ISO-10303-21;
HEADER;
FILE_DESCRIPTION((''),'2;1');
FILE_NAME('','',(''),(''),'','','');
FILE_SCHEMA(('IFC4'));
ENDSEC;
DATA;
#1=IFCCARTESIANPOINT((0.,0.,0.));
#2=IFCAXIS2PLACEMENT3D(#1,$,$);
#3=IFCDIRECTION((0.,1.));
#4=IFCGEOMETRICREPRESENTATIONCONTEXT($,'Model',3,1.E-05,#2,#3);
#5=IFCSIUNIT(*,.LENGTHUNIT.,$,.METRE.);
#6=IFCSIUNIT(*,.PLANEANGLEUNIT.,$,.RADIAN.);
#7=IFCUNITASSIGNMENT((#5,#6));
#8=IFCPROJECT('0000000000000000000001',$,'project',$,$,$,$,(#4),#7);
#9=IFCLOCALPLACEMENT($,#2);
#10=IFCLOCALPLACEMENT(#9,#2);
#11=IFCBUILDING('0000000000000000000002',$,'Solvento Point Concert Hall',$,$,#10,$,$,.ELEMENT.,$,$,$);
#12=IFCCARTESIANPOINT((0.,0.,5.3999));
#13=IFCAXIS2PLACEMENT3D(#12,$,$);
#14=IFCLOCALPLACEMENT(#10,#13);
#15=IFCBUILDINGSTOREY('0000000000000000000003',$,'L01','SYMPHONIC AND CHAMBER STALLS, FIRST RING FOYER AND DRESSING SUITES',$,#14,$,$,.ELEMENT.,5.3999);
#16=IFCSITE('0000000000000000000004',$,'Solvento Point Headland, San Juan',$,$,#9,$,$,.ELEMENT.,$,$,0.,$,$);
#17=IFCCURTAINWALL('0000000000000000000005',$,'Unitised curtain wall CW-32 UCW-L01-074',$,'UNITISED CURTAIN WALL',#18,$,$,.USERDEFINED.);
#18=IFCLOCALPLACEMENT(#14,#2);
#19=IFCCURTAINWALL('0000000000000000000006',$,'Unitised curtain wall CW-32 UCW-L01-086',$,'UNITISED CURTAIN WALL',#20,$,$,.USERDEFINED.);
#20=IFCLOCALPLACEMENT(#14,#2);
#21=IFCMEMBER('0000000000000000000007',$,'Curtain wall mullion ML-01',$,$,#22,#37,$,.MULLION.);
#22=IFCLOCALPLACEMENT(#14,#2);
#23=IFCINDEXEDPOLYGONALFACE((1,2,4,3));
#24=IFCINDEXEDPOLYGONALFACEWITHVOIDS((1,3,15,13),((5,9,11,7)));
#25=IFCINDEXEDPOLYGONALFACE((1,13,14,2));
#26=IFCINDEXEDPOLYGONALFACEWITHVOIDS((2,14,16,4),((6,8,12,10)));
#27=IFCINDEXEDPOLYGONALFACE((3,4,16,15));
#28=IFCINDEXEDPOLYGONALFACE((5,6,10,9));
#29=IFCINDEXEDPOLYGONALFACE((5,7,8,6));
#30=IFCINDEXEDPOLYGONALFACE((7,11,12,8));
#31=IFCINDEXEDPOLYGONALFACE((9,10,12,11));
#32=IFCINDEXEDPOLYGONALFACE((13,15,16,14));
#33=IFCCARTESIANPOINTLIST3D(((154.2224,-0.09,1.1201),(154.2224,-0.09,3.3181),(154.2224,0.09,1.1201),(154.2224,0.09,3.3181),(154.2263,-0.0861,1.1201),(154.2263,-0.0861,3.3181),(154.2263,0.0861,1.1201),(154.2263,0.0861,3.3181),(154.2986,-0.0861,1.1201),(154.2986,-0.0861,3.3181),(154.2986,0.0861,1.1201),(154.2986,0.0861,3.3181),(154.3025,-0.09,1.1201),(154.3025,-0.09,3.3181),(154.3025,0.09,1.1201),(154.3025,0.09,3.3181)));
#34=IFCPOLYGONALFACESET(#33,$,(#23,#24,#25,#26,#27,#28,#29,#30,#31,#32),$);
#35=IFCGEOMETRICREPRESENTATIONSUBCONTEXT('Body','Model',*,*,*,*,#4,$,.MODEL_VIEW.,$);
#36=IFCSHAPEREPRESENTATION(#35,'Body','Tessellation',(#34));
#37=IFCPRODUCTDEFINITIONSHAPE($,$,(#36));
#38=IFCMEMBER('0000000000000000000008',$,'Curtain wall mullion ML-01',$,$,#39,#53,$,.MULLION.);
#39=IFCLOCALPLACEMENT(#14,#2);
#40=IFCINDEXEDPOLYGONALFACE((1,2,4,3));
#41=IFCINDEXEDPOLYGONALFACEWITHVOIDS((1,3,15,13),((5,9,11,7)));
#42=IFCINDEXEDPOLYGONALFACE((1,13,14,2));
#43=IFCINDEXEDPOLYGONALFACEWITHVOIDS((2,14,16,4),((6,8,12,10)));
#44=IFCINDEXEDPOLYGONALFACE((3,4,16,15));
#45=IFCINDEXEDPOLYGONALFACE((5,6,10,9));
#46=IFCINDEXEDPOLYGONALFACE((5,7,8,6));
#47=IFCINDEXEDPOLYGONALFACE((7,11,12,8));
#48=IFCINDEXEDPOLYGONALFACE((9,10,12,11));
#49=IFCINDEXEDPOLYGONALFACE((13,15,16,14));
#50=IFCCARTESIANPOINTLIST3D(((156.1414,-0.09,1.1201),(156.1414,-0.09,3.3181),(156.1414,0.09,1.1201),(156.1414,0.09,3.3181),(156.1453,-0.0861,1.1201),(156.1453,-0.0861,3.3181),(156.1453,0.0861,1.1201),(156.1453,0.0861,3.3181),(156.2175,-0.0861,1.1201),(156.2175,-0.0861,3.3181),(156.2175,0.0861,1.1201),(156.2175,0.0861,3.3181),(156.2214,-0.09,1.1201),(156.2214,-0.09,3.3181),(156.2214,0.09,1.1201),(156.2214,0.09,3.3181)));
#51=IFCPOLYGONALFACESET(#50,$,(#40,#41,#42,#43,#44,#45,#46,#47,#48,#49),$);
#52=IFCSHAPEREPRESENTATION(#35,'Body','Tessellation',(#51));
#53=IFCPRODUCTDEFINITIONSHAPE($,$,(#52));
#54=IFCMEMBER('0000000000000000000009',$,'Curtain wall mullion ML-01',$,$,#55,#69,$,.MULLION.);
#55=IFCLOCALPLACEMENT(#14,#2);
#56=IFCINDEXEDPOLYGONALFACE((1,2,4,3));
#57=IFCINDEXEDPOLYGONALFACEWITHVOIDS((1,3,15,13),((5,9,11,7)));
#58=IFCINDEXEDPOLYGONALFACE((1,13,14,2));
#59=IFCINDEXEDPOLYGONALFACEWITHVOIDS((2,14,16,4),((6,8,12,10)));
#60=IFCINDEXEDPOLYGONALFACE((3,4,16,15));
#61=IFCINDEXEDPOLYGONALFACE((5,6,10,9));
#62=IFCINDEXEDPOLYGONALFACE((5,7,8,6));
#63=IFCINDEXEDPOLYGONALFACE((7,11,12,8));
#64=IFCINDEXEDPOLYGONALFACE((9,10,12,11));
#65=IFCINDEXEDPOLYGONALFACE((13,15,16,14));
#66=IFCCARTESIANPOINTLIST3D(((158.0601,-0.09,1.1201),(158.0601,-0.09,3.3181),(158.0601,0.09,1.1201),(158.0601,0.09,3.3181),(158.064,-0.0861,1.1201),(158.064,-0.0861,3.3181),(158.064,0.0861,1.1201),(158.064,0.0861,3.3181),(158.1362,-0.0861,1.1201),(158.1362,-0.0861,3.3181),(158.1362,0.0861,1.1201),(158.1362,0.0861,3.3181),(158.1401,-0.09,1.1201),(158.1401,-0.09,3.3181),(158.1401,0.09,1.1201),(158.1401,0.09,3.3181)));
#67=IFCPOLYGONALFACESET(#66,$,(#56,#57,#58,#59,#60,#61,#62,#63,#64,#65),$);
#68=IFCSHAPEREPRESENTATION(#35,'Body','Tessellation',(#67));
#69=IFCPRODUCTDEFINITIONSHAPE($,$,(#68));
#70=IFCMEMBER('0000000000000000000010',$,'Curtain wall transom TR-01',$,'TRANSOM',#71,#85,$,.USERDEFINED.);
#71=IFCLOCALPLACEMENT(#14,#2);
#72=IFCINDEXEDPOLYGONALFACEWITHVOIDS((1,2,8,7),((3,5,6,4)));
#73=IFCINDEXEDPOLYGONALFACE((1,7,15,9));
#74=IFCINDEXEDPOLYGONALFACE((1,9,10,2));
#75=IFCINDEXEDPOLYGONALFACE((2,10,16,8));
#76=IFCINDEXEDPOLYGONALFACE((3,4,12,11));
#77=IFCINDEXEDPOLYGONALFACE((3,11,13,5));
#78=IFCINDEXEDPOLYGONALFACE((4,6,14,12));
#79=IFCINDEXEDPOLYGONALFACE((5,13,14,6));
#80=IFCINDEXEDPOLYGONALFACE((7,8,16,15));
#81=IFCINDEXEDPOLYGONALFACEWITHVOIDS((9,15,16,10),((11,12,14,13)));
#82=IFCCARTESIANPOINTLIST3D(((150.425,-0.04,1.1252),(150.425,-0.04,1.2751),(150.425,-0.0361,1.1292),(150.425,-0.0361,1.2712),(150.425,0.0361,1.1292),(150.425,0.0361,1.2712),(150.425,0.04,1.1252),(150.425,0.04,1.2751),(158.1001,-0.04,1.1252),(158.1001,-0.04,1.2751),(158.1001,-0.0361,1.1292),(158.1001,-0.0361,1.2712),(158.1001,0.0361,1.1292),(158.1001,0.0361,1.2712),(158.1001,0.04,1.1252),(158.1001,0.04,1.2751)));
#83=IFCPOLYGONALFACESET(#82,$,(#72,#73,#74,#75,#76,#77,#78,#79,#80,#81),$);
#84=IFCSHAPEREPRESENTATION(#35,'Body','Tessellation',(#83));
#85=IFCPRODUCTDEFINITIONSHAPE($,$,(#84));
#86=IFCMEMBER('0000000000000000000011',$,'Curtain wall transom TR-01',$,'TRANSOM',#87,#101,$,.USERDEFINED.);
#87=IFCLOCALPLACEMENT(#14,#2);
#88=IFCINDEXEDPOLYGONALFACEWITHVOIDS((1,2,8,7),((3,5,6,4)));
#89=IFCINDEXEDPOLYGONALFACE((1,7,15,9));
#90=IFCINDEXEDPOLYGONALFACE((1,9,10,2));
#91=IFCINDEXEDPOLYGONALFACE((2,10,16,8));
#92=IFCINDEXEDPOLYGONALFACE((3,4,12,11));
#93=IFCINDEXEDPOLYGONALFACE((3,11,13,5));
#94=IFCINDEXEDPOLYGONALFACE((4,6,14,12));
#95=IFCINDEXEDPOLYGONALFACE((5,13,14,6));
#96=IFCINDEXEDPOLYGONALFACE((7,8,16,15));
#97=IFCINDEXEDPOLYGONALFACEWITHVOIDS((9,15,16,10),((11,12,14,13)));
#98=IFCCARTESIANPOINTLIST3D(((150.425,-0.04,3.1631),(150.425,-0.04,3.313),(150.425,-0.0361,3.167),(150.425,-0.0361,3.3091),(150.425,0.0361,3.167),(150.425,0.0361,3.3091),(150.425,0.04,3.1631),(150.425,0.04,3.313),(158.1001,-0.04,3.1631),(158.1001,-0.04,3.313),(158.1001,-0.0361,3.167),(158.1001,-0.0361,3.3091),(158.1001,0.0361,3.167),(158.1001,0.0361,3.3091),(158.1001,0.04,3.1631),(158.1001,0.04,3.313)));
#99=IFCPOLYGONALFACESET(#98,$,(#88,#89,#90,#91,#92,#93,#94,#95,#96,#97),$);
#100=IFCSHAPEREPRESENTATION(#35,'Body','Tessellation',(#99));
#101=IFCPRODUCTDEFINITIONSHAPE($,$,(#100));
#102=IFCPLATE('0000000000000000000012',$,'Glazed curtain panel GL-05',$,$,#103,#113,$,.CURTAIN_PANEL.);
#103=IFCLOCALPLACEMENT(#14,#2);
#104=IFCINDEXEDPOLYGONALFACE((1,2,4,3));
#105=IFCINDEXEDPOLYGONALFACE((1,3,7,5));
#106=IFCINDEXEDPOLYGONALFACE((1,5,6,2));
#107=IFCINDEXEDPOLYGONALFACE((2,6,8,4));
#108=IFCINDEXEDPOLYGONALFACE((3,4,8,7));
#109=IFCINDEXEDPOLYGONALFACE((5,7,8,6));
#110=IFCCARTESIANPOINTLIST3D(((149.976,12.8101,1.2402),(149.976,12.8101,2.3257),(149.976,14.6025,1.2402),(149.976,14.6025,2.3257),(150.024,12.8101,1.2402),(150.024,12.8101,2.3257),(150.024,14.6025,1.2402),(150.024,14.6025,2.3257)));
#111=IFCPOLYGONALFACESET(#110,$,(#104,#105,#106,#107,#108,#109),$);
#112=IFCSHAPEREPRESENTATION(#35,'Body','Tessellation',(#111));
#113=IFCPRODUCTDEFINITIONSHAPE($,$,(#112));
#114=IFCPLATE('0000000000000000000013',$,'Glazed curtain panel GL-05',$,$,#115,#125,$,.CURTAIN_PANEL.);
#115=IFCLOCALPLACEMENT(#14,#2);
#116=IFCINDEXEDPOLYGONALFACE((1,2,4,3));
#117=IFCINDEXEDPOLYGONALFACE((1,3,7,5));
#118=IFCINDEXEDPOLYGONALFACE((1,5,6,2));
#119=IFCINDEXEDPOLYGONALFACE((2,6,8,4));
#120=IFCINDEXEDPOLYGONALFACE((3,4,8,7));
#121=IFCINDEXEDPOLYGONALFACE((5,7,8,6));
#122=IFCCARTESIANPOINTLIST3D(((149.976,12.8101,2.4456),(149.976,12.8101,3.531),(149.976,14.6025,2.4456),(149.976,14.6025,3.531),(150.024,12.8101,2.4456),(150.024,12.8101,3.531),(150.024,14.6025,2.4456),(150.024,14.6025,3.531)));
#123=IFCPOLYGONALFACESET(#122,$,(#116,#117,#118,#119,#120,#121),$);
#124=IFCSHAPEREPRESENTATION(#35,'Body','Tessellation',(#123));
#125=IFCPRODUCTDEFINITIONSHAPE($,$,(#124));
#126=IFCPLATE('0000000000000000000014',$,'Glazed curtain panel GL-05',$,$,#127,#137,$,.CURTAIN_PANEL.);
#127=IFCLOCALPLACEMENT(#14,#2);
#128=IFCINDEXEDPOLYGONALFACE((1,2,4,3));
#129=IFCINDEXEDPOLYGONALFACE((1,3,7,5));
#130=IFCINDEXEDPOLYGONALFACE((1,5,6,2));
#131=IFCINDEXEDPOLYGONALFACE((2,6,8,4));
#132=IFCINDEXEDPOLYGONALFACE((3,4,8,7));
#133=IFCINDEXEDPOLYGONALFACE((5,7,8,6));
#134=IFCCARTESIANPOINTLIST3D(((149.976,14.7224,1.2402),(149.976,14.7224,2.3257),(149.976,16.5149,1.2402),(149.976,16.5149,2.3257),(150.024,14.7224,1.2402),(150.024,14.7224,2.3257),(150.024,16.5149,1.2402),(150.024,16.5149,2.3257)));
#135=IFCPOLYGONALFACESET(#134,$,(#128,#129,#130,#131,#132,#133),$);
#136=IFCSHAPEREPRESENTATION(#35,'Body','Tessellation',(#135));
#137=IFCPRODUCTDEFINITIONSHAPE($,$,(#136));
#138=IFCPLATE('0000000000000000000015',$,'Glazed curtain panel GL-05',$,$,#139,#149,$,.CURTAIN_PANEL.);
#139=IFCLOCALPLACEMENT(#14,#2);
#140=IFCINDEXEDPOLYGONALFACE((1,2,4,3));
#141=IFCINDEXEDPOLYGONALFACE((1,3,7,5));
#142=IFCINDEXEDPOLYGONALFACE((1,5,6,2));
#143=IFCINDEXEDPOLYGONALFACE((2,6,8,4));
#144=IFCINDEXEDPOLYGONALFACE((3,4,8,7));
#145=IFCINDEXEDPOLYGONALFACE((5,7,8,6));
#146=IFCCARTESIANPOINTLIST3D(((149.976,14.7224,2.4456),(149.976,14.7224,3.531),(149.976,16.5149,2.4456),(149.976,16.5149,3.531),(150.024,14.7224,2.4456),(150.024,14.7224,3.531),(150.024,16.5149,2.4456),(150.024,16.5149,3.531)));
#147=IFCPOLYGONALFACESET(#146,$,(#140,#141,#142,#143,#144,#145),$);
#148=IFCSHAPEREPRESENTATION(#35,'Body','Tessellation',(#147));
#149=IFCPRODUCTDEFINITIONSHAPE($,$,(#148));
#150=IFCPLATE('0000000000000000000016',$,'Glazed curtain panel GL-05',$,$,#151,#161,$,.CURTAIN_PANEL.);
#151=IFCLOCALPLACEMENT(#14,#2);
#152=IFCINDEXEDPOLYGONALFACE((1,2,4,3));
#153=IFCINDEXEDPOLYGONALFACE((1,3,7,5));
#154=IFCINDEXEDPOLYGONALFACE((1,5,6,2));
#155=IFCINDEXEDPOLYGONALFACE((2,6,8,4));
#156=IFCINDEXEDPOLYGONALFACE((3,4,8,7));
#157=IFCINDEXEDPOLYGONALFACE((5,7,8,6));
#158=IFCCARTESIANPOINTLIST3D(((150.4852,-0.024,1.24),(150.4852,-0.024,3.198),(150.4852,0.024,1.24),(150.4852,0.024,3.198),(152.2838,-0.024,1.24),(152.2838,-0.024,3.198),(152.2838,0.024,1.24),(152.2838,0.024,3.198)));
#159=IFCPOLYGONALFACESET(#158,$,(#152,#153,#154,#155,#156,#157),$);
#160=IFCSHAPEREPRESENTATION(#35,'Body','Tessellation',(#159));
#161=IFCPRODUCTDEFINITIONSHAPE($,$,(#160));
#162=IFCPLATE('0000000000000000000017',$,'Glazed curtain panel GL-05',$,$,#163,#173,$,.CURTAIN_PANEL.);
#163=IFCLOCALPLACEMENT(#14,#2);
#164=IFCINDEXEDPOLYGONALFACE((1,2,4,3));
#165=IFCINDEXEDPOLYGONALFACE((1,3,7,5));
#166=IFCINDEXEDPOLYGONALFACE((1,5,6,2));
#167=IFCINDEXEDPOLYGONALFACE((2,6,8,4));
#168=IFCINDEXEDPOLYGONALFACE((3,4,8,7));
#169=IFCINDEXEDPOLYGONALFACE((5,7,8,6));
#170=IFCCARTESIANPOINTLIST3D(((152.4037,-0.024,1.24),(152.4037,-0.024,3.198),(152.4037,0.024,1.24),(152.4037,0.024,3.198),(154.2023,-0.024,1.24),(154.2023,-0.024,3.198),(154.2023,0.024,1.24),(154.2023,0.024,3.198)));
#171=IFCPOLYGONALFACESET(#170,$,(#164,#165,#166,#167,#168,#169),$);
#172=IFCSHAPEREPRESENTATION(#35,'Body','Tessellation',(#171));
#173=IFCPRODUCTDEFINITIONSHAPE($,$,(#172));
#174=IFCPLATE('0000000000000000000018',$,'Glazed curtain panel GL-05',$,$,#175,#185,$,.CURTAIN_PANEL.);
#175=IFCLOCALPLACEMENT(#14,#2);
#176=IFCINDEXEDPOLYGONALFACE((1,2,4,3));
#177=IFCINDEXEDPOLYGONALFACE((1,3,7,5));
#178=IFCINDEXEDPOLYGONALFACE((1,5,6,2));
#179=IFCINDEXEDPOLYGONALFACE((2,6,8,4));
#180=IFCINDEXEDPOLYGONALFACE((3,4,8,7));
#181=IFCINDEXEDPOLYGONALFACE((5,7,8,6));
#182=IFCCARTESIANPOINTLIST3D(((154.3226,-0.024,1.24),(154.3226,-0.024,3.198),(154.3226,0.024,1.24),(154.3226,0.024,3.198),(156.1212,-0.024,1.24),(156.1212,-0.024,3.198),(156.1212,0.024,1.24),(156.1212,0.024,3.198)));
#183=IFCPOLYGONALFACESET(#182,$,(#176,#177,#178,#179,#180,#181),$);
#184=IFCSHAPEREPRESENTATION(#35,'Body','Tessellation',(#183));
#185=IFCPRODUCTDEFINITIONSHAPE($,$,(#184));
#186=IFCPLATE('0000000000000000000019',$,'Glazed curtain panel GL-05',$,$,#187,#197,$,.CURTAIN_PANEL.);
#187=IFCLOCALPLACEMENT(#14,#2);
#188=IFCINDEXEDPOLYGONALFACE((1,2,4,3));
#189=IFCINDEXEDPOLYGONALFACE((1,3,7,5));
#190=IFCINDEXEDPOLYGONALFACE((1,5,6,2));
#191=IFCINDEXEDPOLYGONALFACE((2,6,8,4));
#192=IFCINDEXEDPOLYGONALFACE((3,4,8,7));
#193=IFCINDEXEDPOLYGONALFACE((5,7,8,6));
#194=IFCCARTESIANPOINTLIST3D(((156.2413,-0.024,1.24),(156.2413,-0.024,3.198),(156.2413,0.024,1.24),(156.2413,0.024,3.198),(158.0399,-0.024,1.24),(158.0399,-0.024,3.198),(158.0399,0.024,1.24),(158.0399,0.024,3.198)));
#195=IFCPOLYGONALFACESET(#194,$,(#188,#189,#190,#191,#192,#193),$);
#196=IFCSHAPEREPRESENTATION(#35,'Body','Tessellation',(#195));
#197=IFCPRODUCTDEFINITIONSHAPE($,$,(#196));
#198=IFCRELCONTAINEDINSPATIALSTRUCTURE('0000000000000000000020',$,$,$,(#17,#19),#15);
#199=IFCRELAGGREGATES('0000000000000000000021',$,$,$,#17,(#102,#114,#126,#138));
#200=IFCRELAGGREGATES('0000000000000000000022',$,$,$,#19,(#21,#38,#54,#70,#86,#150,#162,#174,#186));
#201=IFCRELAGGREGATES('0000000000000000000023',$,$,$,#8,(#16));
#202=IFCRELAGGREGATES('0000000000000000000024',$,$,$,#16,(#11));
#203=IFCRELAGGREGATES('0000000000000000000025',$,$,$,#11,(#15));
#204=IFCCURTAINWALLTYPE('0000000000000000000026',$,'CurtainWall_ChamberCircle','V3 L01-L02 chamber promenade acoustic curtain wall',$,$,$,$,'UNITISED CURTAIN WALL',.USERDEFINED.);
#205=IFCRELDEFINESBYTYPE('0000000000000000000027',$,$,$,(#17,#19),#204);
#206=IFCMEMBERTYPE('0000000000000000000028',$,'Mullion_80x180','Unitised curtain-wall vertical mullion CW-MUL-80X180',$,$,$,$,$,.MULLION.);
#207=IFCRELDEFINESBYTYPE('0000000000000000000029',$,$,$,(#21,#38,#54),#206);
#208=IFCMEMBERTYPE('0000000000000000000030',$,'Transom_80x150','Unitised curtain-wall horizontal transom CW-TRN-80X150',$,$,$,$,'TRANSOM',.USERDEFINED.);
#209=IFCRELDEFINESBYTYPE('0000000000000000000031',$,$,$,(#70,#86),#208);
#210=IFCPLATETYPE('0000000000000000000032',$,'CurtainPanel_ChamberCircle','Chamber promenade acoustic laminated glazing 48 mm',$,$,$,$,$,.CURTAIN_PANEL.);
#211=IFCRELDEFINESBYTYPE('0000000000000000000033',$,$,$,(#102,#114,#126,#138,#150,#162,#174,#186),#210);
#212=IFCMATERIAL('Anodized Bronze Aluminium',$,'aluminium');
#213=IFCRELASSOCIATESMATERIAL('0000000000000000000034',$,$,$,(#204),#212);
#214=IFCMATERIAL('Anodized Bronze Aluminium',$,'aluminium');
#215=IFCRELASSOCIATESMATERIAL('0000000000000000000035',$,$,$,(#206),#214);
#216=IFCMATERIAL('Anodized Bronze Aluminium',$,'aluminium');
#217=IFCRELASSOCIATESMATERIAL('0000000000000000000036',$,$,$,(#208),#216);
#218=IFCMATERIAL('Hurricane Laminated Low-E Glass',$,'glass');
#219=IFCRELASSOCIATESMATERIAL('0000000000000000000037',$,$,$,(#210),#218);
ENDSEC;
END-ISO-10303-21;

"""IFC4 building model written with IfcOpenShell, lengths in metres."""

from ifc_helpers import new_model, si_unit, direction, frame, origin, origin_2d, place, context, subcontext, project, spatial, rectangle, hollow_rectangle, extrude, material, material_profile, profile_set, type_object, element, aggregate, save


model = new_model("IFC4")

# Units and contexts
model_context = context("Model", 3, precision=1e-05, world=origin(), true_north=direction((0.0, 1.0)))
body_context = subcontext(model_context, "Body", "Model", "MODEL_VIEW")
ifc_project = project(units=[si_unit("LENGTHUNIT", "METRE"), si_unit("PLANEANGLEUNIT", "RADIAN")], contexts=[model_context])

# Site, building, storey
site_placement = place(None, origin())
site = spatial("IfcSite", under=ifc_project, at=site_placement, Name="Solvento Point Headland, San Juan", CompositionType="ELEMENT", RefElevation=0.0)
building_placement = place(site_placement, origin())
building = spatial("IfcBuilding", under=site, at=building_placement, Name="Solvento Point Concert Hall", CompositionType="ELEMENT")
storey_placement = place(building_placement, frame((0.0, 0.0, 5.3999)))
storey = spatial("IfcBuildingStorey", under=building, at=storey_placement, Name="L01", Description="SYMPHONIC AND CHAMBER STALLS, FIRST RING FOYER AND DRESSING SUITES", CompositionType="ELEMENT", Elevation=5.3999)

# Curtain walls, members
ifc_material_1 = material(Name="Anodized Bronze Aluminium", Category="aluminium")
curtain_wall_type = type_object("IfcCurtainWallType", Name="CurtainWall_ChamberCircle", Description="V3 L01-L02 chamber promenade acoustic curtain wall", ElementType="UNITISED CURTAIN WALL", PredefinedType="USERDEFINED", material=ifc_material_1)
curtain_wall_1_placement = place(storey_placement, origin())
curtain_wall_1 = element("IfcCurtainWall", 1, at=curtain_wall_1_placement, inside=storey, type_object=curtain_wall_type, Name="Unitised curtain wall CW-32 UCW-L01-074", ObjectType="UNITISED CURTAIN WALL", PredefinedType="USERDEFINED")
ifc_material_2 = material(Name="Anodized Bronze Aluminium", Category="aluminium")
ifc_material_profile_1 = material_profile(ifc_material_2, hollow_rectangle(XDim=0.0801, YDim=0.1799, WallThickness=0.0039, at=origin_2d()), Name="CW-MUL-80X180")
ifc_profile_set_1 = profile_set([ifc_material_profile_1], Name="Anodized Bronze Aluminium")
member_type_1 = type_object("IfcMemberType", Name="Mullion_80x180", Description="Unitised curtain-wall vertical mullion CW-MUL-80X180", PredefinedType="MULLION", material=ifc_profile_set_1)
curtain_wall_2_placement = place(storey_placement, origin())
curtain_wall_2 = element("IfcCurtainWall", 2, at=curtain_wall_2_placement, inside=storey, type_object=curtain_wall_type, Name="Unitised curtain wall CW-32 UCW-L01-086", ObjectType="UNITISED CURTAIN WALL", PredefinedType="USERDEFINED")
member_1_placement = place(storey_placement, frame((154.2625, 0.0, 1.1201), z_axis=(0.0, 0.0, 1.0), x_axis=(1.0, 0.0, 0.0)))
member_1 = element("IfcMember", 3, at=member_1_placement, type_object=member_type_1, Name="Curtain wall mullion ML-01", PredefinedType="MULLION", context=body_context, shape_type="SweptSolid", body=[
    extrude(hollow_rectangle(XDim=0.0801, YDim=0.1799, WallThickness=0.0039, at=origin_2d()), origin(), (0.0, 0.0, 1.0), 2.198),
])
member_2_placement = place(storey_placement, frame((156.1814, 0.0, 1.1201), z_axis=(0.0, 0.0, 1.0), x_axis=(1.0, 0.0, 0.0)))
member_2 = element("IfcMember", 4, at=member_2_placement, type_object=member_type_1, Name="Curtain wall mullion ML-01", PredefinedType="MULLION", context=body_context, shape_type="SweptSolid", body=[
    extrude(hollow_rectangle(XDim=0.0801, YDim=0.1799, WallThickness=0.0039, at=origin_2d()), origin(), (0.0, 0.0, 1.0), 2.198),
])
member_3_placement = place(storey_placement, frame((158.1001, 0.0, 1.1201), z_axis=(0.0, 0.0, 1.0), x_axis=(1.0, 0.0, 0.0)))
member_3 = element("IfcMember", 5, at=member_3_placement, type_object=member_type_1, Name="Curtain wall mullion ML-01", PredefinedType="MULLION", context=body_context, shape_type="SweptSolid", body=[
    extrude(hollow_rectangle(XDim=0.0801, YDim=0.1799, WallThickness=0.0039, at=origin_2d()), origin(), (0.0, 0.0, 1.0), 2.198),
])
ifc_material_3 = material(Name="Anodized Bronze Aluminium", Category="aluminium")
ifc_material_profile_2 = material_profile(ifc_material_3, hollow_rectangle(XDim=0.0801, YDim=0.1499, WallThickness=0.0039, at=origin_2d()), Name="CW-TRN-80X150")
ifc_profile_set_2 = profile_set([ifc_material_profile_2], Name="Anodized Bronze Aluminium")
member_type_2 = type_object("IfcMemberType", Name="Transom_80x150", Description="Unitised curtain-wall horizontal transom CW-TRN-80X150", ElementType="TRANSOM", PredefinedType="USERDEFINED", material=ifc_profile_set_2)
member_4_placement = place(storey_placement, frame((150.425, 0.0, 1.2002), z_axis=(1.0, 0.0, 0.0), x_axis=(0.0, 1.0, 0.0)))
member_4 = element("IfcMember", 6, at=member_4_placement, type_object=member_type_2, Name="Curtain wall transom TR-01", ObjectType="TRANSOM", PredefinedType="USERDEFINED", context=body_context, shape_type="SweptSolid", body=[
    extrude(hollow_rectangle(XDim=0.0801, YDim=0.1499, WallThickness=0.0039, at=origin_2d()), origin(), (0.0, 0.0, 1.0), 7.675),
])
member_5_placement = place(storey_placement, frame((150.425, 0.0, 3.238), z_axis=(1.0, 0.0, 0.0), x_axis=(0.0, 1.0, 0.0)))
member_5 = element("IfcMember", 7, at=member_5_placement, type_object=member_type_2, Name="Curtain wall transom TR-01", ObjectType="TRANSOM", PredefinedType="USERDEFINED", context=body_context, shape_type="SweptSolid", body=[
    extrude(hollow_rectangle(XDim=0.0801, YDim=0.1499, WallThickness=0.0039, at=origin_2d()), origin(), (0.0, 0.0, 1.0), 7.675),
])

# Plates
ifc_material_4 = material(Name="Hurricane Laminated Low-E Glass", Category="glass")
plate_type = type_object("IfcPlateType", Name="CurtainPanel_ChamberCircle", Description="Chamber promenade acoustic laminated glazing 48 mm", PredefinedType="CURTAIN_PANEL", material=ifc_material_4)
plate_1_placement = place(storey_placement, frame((150.0, 13.7063, 1.2402), z_axis=(0.0, 0.0, 1.0), x_axis=(0.0, 1.0, 0.0)))
plate_1 = element("IfcPlate", 8, at=plate_1_placement, type_object=plate_type, Name="Glazed curtain panel GL-05", PredefinedType="CURTAIN_PANEL", context=body_context, shape_type="SweptSolid", body=[
    extrude(rectangle(XDim=1.7925, YDim=0.0481, at=origin_2d()), origin(), (0.0, 0.0, 1.0), 1.0854),
])
plate_2_placement = place(storey_placement, frame((150.0, 13.7063, 2.4456), z_axis=(0.0, 0.0, 1.0), x_axis=(0.0, 1.0, 0.0)))
plate_2 = element("IfcPlate", 9, at=plate_2_placement, type_object=plate_type, Name="Glazed curtain panel GL-05", PredefinedType="CURTAIN_PANEL", context=body_context, shape_type="SweptSolid", body=[
    extrude(rectangle(XDim=1.7925, YDim=0.0481, at=origin_2d()), origin(), (0.0, 0.0, 1.0), 1.0854),
])
plate_3_placement = place(storey_placement, frame((150.0, 15.6187, 1.2402), z_axis=(0.0, 0.0, 1.0), x_axis=(0.0, 1.0, 0.0)))
plate_3 = element("IfcPlate", 10, at=plate_3_placement, type_object=plate_type, Name="Glazed curtain panel GL-05", PredefinedType="CURTAIN_PANEL", context=body_context, shape_type="SweptSolid", body=[
    extrude(rectangle(XDim=1.7925, YDim=0.0481, at=origin_2d()), origin(), (0.0, 0.0, 1.0), 1.0854),
])
plate_4_placement = place(storey_placement, frame((150.0, 15.6187, 2.4456), z_axis=(0.0, 0.0, 1.0), x_axis=(0.0, 1.0, 0.0)))
plate_4 = element("IfcPlate", 11, at=plate_4_placement, type_object=plate_type, Name="Glazed curtain panel GL-05", PredefinedType="CURTAIN_PANEL", context=body_context, shape_type="SweptSolid", body=[
    extrude(rectangle(XDim=1.7925, YDim=0.0481, at=origin_2d()), origin(), (0.0, 0.0, 1.0), 1.0854),
])
aggregate(curtain_wall_1, [plate_1, plate_2, plate_3, plate_4])
plate_5_placement = place(storey_placement, frame((151.3845, 0.0, 1.24), z_axis=(0.0, 0.0, 1.0), x_axis=(1.0, 0.0, 0.0)))
plate_5 = element("IfcPlate", 12, at=plate_5_placement, type_object=plate_type, Name="Glazed curtain panel GL-05", PredefinedType="CURTAIN_PANEL", context=body_context, shape_type="SweptSolid", body=[
    extrude(rectangle(XDim=1.7986, YDim=0.0481, at=origin_2d()), origin(), (0.0, 0.0, 1.0), 1.958),
])
plate_6_placement = place(storey_placement, frame((153.303, 0.0, 1.24), z_axis=(0.0, 0.0, 1.0), x_axis=(1.0, 0.0, 0.0)))
plate_6 = element("IfcPlate", 13, at=plate_6_placement, type_object=plate_type, Name="Glazed curtain panel GL-05", PredefinedType="CURTAIN_PANEL", context=body_context, shape_type="SweptSolid", body=[
    extrude(rectangle(XDim=1.7986, YDim=0.0481, at=origin_2d()), origin(), (0.0, 0.0, 1.0), 1.958),
])
plate_7_placement = place(storey_placement, frame((155.2219, 0.0, 1.24), z_axis=(0.0, 0.0, 1.0), x_axis=(1.0, 0.0, 0.0)))
plate_7 = element("IfcPlate", 14, at=plate_7_placement, type_object=plate_type, Name="Glazed curtain panel GL-05", PredefinedType="CURTAIN_PANEL", context=body_context, shape_type="SweptSolid", body=[
    extrude(rectangle(XDim=1.7986, YDim=0.0481, at=origin_2d()), origin(), (0.0, 0.0, 1.0), 1.958),
])
plate_8_placement = place(storey_placement, frame((157.1406, 0.0, 1.24), z_axis=(0.0, 0.0, 1.0), x_axis=(1.0, 0.0, 0.0)))
plate_8 = element("IfcPlate", 15, at=plate_8_placement, type_object=plate_type, Name="Glazed curtain panel GL-05", PredefinedType="CURTAIN_PANEL", context=body_context, shape_type="SweptSolid", body=[
    extrude(rectangle(XDim=1.7986, YDim=0.0481, at=origin_2d()), origin(), (0.0, 0.0, 1.0), 1.958),
])
aggregate(curtain_wall_2, [member_1, member_2, member_3, member_4, member_5, plate_5, plate_6, plate_7, plate_8])

save(model, "model.ifc")
